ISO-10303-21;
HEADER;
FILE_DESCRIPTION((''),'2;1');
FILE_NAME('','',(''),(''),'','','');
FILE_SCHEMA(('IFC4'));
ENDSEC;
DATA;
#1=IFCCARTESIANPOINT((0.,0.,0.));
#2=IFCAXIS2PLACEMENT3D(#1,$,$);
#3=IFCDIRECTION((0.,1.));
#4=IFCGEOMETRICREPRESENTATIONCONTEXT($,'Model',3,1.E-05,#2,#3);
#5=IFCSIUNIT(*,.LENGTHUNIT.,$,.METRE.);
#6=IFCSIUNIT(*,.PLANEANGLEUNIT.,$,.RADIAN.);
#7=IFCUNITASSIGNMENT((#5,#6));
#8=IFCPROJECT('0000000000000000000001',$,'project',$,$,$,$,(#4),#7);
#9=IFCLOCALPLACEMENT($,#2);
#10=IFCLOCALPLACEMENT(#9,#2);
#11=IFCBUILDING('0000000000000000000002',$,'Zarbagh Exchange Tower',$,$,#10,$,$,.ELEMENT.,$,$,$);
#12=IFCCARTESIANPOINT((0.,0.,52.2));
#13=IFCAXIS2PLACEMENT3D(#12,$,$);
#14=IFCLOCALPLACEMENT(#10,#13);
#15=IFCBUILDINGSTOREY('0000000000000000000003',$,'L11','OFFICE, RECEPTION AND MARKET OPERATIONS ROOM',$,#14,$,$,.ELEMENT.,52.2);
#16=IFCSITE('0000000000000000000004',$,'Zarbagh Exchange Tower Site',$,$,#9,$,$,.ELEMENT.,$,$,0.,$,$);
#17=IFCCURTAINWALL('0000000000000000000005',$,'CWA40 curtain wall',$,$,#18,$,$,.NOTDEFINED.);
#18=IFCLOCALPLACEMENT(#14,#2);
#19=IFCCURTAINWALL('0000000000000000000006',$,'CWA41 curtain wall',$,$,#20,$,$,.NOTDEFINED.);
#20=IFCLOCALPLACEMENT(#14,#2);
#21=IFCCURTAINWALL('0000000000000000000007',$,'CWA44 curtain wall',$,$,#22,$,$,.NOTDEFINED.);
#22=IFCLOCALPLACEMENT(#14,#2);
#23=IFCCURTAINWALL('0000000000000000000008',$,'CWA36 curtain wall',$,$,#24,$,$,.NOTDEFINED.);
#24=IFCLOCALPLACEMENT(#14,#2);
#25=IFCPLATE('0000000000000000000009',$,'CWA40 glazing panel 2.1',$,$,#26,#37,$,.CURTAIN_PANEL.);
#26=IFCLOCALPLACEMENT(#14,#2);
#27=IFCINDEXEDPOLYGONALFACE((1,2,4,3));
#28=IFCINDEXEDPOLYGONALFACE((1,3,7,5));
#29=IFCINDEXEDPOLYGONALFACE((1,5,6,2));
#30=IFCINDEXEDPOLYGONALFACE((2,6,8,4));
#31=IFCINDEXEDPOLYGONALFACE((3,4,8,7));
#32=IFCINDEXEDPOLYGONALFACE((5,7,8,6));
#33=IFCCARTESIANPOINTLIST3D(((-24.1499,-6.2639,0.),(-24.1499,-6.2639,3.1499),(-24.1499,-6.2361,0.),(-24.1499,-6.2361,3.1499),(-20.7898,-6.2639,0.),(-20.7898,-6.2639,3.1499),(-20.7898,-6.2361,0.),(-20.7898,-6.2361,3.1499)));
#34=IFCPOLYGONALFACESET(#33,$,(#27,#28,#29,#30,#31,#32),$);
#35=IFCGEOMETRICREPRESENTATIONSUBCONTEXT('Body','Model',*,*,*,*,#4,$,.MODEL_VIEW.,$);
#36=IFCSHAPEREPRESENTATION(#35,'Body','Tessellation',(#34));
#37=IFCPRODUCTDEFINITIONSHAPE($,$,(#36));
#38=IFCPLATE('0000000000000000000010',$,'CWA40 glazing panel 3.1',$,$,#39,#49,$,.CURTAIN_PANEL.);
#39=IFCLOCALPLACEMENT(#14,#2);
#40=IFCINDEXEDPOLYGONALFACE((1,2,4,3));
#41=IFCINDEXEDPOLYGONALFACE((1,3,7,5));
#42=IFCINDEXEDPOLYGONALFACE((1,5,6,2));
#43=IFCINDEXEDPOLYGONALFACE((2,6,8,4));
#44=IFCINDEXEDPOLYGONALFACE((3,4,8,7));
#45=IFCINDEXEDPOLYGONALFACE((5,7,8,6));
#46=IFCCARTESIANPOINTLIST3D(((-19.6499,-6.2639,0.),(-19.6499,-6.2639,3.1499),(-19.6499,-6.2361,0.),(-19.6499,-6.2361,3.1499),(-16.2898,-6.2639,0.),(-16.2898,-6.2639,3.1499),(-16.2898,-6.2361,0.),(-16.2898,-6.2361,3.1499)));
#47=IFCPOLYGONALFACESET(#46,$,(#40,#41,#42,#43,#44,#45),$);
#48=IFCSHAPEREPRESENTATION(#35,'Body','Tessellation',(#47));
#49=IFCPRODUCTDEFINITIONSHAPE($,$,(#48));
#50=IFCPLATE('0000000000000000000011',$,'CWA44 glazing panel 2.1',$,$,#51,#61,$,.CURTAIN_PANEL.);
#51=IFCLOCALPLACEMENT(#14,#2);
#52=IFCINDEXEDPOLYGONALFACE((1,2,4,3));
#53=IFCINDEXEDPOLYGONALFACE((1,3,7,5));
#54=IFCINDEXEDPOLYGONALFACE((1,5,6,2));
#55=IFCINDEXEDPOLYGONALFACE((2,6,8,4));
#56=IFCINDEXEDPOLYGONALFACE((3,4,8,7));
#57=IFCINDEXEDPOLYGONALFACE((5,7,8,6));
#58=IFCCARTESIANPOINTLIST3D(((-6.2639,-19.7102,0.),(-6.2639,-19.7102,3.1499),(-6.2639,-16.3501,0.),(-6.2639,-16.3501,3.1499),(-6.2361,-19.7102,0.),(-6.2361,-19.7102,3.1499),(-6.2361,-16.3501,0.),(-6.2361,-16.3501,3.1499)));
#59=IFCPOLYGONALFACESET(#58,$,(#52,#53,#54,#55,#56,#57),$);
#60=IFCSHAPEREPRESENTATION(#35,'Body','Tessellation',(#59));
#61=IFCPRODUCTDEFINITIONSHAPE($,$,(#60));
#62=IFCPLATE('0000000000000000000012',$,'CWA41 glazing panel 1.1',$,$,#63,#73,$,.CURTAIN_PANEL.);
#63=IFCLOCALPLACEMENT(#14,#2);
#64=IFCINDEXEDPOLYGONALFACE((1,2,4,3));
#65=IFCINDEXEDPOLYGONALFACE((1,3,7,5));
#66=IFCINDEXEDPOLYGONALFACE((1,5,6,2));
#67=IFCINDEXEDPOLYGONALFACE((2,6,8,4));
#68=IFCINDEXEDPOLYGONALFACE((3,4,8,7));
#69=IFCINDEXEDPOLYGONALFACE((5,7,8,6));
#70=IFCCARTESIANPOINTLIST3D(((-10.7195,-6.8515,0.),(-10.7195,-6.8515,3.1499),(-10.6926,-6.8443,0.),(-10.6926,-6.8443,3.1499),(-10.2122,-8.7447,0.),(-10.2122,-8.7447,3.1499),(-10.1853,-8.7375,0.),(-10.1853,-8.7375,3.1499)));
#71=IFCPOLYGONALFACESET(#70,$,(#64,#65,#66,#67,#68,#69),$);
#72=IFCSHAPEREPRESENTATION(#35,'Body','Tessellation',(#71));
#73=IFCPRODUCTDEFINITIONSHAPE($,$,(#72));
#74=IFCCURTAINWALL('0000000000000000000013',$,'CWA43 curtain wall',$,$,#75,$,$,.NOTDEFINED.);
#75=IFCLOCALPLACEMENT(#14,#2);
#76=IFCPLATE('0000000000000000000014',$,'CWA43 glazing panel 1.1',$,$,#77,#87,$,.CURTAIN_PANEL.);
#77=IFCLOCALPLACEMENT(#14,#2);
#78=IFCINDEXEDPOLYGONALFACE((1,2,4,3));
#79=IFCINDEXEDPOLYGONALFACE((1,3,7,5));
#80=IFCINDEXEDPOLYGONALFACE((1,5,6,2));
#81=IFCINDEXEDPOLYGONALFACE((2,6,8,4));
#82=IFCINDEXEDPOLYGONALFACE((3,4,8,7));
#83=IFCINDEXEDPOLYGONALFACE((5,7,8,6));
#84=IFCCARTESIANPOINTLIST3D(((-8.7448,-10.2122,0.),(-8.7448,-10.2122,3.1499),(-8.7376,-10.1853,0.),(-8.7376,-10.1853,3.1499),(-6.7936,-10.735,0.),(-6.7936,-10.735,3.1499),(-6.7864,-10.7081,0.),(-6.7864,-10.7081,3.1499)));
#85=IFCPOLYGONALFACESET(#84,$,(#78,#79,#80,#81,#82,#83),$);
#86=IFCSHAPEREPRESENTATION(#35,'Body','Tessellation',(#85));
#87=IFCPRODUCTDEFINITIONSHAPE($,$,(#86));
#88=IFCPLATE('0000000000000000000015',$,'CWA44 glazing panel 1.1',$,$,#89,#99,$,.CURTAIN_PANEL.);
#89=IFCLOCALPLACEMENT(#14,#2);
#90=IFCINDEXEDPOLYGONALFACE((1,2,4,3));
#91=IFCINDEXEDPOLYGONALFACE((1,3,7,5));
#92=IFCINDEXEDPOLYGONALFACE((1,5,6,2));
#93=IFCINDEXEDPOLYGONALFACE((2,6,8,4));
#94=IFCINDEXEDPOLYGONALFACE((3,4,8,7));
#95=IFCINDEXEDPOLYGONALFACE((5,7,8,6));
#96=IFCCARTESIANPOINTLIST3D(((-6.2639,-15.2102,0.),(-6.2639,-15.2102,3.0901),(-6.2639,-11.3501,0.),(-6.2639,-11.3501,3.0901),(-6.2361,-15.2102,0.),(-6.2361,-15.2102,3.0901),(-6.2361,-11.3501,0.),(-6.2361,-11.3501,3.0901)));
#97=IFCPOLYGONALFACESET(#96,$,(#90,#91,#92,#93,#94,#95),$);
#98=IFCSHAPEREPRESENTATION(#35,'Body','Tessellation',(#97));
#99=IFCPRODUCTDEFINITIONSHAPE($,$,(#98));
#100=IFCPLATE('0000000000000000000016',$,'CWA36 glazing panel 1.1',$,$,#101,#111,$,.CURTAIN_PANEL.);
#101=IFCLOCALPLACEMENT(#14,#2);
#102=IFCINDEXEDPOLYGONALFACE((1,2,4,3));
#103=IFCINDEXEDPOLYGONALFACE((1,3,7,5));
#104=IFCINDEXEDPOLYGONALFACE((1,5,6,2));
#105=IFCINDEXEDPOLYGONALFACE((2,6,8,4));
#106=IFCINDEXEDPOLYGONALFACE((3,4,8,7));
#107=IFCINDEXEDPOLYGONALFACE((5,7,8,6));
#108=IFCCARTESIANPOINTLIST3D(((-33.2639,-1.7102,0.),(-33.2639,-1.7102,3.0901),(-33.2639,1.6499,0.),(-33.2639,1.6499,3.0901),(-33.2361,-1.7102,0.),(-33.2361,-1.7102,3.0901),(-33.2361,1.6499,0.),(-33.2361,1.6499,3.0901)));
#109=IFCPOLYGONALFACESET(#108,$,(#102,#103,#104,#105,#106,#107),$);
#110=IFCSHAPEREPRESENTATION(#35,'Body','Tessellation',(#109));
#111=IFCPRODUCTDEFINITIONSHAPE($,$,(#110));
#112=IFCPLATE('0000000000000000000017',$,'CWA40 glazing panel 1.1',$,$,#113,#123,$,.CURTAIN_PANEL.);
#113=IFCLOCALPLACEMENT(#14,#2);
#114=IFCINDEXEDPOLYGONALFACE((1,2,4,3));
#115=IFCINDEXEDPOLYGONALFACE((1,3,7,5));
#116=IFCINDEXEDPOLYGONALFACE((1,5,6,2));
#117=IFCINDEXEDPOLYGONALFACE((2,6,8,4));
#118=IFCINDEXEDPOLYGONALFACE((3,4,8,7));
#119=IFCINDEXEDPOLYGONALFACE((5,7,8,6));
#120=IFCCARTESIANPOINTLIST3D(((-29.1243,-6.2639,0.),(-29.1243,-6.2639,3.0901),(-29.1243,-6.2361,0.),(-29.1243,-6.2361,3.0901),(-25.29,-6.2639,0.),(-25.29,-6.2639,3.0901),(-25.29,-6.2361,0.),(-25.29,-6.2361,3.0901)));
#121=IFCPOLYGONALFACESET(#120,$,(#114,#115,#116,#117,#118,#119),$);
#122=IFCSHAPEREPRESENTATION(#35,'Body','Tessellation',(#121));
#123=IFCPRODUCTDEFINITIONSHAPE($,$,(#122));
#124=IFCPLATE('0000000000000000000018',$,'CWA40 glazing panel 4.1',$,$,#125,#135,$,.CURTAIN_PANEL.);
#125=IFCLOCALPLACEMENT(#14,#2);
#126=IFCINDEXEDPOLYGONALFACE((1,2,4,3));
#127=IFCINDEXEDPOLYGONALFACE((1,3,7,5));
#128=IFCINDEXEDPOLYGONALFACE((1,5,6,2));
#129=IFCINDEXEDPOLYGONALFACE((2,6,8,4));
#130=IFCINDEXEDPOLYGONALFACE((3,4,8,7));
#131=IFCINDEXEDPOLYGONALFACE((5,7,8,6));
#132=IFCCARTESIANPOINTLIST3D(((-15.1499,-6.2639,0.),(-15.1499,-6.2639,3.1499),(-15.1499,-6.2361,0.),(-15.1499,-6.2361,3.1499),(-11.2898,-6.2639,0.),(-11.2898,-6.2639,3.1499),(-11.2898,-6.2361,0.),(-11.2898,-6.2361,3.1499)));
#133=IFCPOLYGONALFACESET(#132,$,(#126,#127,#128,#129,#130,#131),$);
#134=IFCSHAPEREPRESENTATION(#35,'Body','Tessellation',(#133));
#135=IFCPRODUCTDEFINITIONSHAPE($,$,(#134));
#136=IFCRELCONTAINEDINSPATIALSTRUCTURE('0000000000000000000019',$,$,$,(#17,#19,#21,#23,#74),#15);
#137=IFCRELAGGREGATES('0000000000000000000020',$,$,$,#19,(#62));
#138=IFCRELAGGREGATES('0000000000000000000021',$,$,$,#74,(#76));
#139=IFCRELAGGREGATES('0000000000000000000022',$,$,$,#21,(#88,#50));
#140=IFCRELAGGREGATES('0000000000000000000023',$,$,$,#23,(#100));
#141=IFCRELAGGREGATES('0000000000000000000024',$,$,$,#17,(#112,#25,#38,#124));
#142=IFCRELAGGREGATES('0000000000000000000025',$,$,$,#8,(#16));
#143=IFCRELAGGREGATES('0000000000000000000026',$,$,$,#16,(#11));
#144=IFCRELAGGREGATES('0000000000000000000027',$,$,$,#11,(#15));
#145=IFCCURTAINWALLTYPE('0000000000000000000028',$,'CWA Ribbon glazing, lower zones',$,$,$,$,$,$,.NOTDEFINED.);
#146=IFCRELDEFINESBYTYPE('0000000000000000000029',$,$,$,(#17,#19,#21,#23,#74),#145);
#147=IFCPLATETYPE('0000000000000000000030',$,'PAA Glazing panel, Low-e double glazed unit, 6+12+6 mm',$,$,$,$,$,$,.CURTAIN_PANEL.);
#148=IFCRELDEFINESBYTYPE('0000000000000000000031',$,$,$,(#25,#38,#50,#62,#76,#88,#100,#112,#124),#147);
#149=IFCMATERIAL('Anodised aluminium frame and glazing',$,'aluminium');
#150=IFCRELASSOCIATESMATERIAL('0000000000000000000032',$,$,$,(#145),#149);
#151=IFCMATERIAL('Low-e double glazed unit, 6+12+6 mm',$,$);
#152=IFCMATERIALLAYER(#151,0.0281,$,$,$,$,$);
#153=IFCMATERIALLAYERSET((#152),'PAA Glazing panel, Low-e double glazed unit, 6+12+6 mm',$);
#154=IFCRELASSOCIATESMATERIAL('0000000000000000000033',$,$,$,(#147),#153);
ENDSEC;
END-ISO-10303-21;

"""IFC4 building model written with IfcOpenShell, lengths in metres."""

from ifc_helpers import new_model, si_unit, direction, frame, origin, place, context, subcontext, project, spatial, polyline, outline, extrude, source, transform, mapped, material, layer, layer_set, type_object, element, aggregate, save


model = new_model("IFC4")

# Units and contexts
model_context = context("Model", 3, precision=1e-05, world=origin(), true_north=direction((0.0, 1.0)))
body_context = subcontext(model_context, "Body", "Model", "MODEL_VIEW")
ifc_project = project(units=[si_unit("LENGTHUNIT", "METRE"), si_unit("PLANEANGLEUNIT", "RADIAN")], contexts=[model_context])

# Site, building, storey
site_placement = place(None, origin())
site = spatial("IfcSite", under=ifc_project, at=site_placement, Name="Zarbagh Exchange Tower Site", CompositionType="ELEMENT", RefElevation=0.0)
building_placement = place(site_placement, origin())
building = spatial("IfcBuilding", under=site, at=building_placement, Name="Zarbagh Exchange Tower", CompositionType="ELEMENT")
storey_placement = place(building_placement, frame((0.0, 0.0, 52.2)))
storey = spatial("IfcBuildingStorey", under=building, at=storey_placement, Name="L11", Description="OFFICE, RECEPTION AND MARKET OPERATIONS ROOM", CompositionType="ELEMENT", Elevation=52.2)

# Shared definitions
ifc_material_1 = material(Name="Anodised aluminium frame and glazing", Category="aluminium")
curtain_wall_type = type_object("IfcCurtainWallType", Name="CWA Ribbon glazing, lower zones", PredefinedType="NOTDEFINED", material=ifc_material_1)
placement = place(storey_placement, origin())

# Curtain wall
curtain_wall_1_placement = place(storey_placement, origin())
curtain_wall_1 = element("IfcCurtainWall", 1, at=curtain_wall_1_placement, inside=storey, type_object=curtain_wall_type, Name="CWA40 curtain wall", PredefinedType="NOTDEFINED")

# Curtain wall
curtain_wall_2_placement = place(storey_placement, origin())
curtain_wall_2 = element("IfcCurtainWall", 2, at=curtain_wall_2_placement, inside=storey, type_object=curtain_wall_type, Name="CWA41 curtain wall", PredefinedType="NOTDEFINED")

# Curtain wall
curtain_wall_3_placement = place(storey_placement, origin())
curtain_wall_3 = element("IfcCurtainWall", 3, at=curtain_wall_3_placement, inside=storey, type_object=curtain_wall_type, Name="CWA44 curtain wall", PredefinedType="NOTDEFINED")

# Curtain wall
curtain_wall_4_placement = place(storey_placement, origin())
curtain_wall_4 = element("IfcCurtainWall", 4, at=curtain_wall_4_placement, inside=storey, type_object=curtain_wall_type, Name="CWA36 curtain wall", PredefinedType="NOTDEFINED")

# Shared definitions
ifc_material_2 = material(Name="Low-e double glazed unit, 6+12+6 mm")
ifc_layer = layer(ifc_material_2, 0.0281)
ifc_layer_set = layer_set([ifc_layer], Name="PAA Glazing panel, Low-e double glazed unit, 6+12+6 mm")
plate_type = type_object("IfcPlateType", Name="PAA Glazing panel, Low-e double glazed unit, 6+12+6 mm", PredefinedType="CURTAIN_PANEL", material=ifc_layer_set)

# Plates
shared_shape_1 = source(origin(), body_context, "Body", "SweptSolid", [
    extrude(outline(polyline([(0.0, -0.0139), (3.3601, -0.0139), (3.3601, 0.0139), (0.0, 0.0139), (0.0, -0.0139)])), origin(), (0.0, 0.0, 1.0), 3.1499),
])
plate_1 = element("IfcPlate", 5, at=placement, type_object=plate_type, Name="CWA40 glazing panel 2.1", PredefinedType="CURTAIN_PANEL", context=body_context, shape_type="MappedRepresentation", body=[
    mapped(shared_shape_1, transform((-24.1499, -6.25, 0.0), x_axis=(1.0, 0.0, 0.0), y_axis=(0.0, 1.0, 0.0), z_axis=(0.0, 0.0, 1.0))),
])
plate_2 = element("IfcPlate", 6, at=placement, type_object=plate_type, Name="CWA40 glazing panel 3.1", PredefinedType="CURTAIN_PANEL", context=body_context, shape_type="MappedRepresentation", body=[
    mapped(shared_shape_1, transform((-19.6499, -6.25, 0.0), x_axis=(1.0, 0.0, 0.0), y_axis=(0.0, 1.0, 0.0), z_axis=(0.0, 0.0, 1.0))),
])
plate_3 = element("IfcPlate", 7, at=placement, type_object=plate_type, Name="CWA44 glazing panel 2.1", PredefinedType="CURTAIN_PANEL", context=body_context, shape_type="MappedRepresentation", body=[
    mapped(shared_shape_1, transform((-6.25, -16.3501, 0.0), x_axis=(0.0, -1.0, 0.0), y_axis=(1.0, 0.0, 0.0), z_axis=(0.0, 0.0, 1.0))),
])
shared_shape_2 = source(origin(), body_context, "Body", "SweptSolid", [
    extrude(outline(polyline([(0.0, -0.0139), (1.96, -0.0139), (1.96, 0.0139), (0.0, 0.0139), (0.0, -0.0139)])), origin(), (0.0, 0.0, 1.0), 3.1499),
])
plate_4 = element("IfcPlate", 8, at=placement, type_object=plate_type, Name="CWA41 glazing panel 1.1", PredefinedType="CURTAIN_PANEL", context=body_context, shape_type="MappedRepresentation", body=[
    mapped(shared_shape_2, transform((-10.7061, -6.8479, 0.0), x_axis=(0.258825, -0.965924, 0.0), y_axis=(0.965924, 0.258825, 0.0), z_axis=(0.0, 0.0, 1.0))),
])
aggregate(curtain_wall_2, [plate_4])

# Curtain wall, plate
curtain_wall_5_placement = place(storey_placement, origin())
curtain_wall_5 = element("IfcCurtainWall", 9, at=curtain_wall_5_placement, inside=storey, type_object=curtain_wall_type, Name="CWA43 curtain wall", PredefinedType="NOTDEFINED")
shared_shape_3 = source(origin(), body_context, "Body", "SweptSolid", [
    extrude(outline(polyline([(0.0, -0.0139), (2.02, -0.0139), (2.02, 0.0139), (0.0, 0.0139), (0.0, -0.0139)])), origin(), (0.0, 0.0, 1.0), 3.1499),
])
plate_5 = element("IfcPlate", 10, at=placement, type_object=plate_type, Name="CWA43 glazing panel 1.1", PredefinedType="CURTAIN_PANEL", context=body_context, shape_type="MappedRepresentation", body=[
    mapped(shared_shape_3, transform((-8.7412, -10.1987, 0.0), x_axis=(0.965924, -0.258825, 0.0), y_axis=(0.258825, 0.965924, 0.0), z_axis=(0.0, 0.0, 1.0))),
])
aggregate(curtain_wall_5, [plate_5])

# Plates
shared_shape_4 = source(origin(), body_context, "Body", "SweptSolid", [
    extrude(outline(polyline([(0.0, -0.0139), (3.8601, -0.0139), (3.8601, 0.0139), (0.0, 0.0139), (0.0, -0.0139)])), origin(), (0.0, 0.0, 1.0), 3.0901),
])
plate_6 = element("IfcPlate", 11, at=placement, type_object=plate_type, Name="CWA44 glazing panel 1.1", PredefinedType="CURTAIN_PANEL", context=body_context, shape_type="MappedRepresentation", body=[
    mapped(shared_shape_4, transform((-6.25, -11.3501, 0.0), x_axis=(0.0, -1.0, 0.0), y_axis=(1.0, 0.0, 0.0), z_axis=(0.0, 0.0, 1.0))),
])
aggregate(curtain_wall_3, [plate_6, plate_3])
shared_shape_5 = source(origin(), body_context, "Body", "SweptSolid", [
    extrude(outline(polyline([(0.0, -0.0139), (3.3601, -0.0139), (3.3601, 0.0139), (0.0, 0.0139), (0.0, -0.0139)])), origin(), (0.0, 0.0, 1.0), 3.0901),
])
plate_7 = element("IfcPlate", 12, at=placement, type_object=plate_type, Name="CWA36 glazing panel 1.1", PredefinedType="CURTAIN_PANEL", context=body_context, shape_type="MappedRepresentation", body=[
    mapped(shared_shape_5, transform((-33.25, 1.6499, 0.0), x_axis=(0.0, -1.0, 0.0), y_axis=(1.0, 0.0, 0.0), z_axis=(0.0, 0.0, 1.0))),
])
aggregate(curtain_wall_4, [plate_7])
shared_shape_6 = source(origin(), body_context, "Body", "SweptSolid", [
    extrude(outline(polyline([(0.0, -0.0139), (3.8342, -0.0139), (3.8342, 0.0139), (0.0, 0.0139), (0.0, -0.0139)])), origin(), (0.0, 0.0, 1.0), 3.0901),
])
plate_8 = element("IfcPlate", 13, at=placement, type_object=plate_type, Name="CWA40 glazing panel 1.1", PredefinedType="CURTAIN_PANEL", context=body_context, shape_type="MappedRepresentation", body=[
    mapped(shared_shape_6, transform((-29.1243, -6.25, 0.0), x_axis=(1.0, 0.0, 0.0), y_axis=(0.0, 1.0, 0.0), z_axis=(0.0, 0.0, 1.0))),
])
shared_shape_7 = source(origin(), body_context, "Body", "SweptSolid", [
    extrude(outline(polyline([(0.0, -0.0139), (3.8601, -0.0139), (3.8601, 0.0139), (0.0, 0.0139), (0.0, -0.0139)])), origin(), (0.0, 0.0, 1.0), 3.1499),
])
plate_9 = element("IfcPlate", 14, at=placement, type_object=plate_type, Name="CWA40 glazing panel 4.1", PredefinedType="CURTAIN_PANEL", context=body_context, shape_type="MappedRepresentation", body=[
    mapped(shared_shape_7, transform((-15.1499, -6.25, 0.0), x_axis=(1.0, 0.0, 0.0), y_axis=(0.0, 1.0, 0.0), z_axis=(0.0, 0.0, 1.0))),
])
aggregate(curtain_wall_1, [plate_8, plate_1, plate_2, plate_9])

save(model, "model.ifc")
